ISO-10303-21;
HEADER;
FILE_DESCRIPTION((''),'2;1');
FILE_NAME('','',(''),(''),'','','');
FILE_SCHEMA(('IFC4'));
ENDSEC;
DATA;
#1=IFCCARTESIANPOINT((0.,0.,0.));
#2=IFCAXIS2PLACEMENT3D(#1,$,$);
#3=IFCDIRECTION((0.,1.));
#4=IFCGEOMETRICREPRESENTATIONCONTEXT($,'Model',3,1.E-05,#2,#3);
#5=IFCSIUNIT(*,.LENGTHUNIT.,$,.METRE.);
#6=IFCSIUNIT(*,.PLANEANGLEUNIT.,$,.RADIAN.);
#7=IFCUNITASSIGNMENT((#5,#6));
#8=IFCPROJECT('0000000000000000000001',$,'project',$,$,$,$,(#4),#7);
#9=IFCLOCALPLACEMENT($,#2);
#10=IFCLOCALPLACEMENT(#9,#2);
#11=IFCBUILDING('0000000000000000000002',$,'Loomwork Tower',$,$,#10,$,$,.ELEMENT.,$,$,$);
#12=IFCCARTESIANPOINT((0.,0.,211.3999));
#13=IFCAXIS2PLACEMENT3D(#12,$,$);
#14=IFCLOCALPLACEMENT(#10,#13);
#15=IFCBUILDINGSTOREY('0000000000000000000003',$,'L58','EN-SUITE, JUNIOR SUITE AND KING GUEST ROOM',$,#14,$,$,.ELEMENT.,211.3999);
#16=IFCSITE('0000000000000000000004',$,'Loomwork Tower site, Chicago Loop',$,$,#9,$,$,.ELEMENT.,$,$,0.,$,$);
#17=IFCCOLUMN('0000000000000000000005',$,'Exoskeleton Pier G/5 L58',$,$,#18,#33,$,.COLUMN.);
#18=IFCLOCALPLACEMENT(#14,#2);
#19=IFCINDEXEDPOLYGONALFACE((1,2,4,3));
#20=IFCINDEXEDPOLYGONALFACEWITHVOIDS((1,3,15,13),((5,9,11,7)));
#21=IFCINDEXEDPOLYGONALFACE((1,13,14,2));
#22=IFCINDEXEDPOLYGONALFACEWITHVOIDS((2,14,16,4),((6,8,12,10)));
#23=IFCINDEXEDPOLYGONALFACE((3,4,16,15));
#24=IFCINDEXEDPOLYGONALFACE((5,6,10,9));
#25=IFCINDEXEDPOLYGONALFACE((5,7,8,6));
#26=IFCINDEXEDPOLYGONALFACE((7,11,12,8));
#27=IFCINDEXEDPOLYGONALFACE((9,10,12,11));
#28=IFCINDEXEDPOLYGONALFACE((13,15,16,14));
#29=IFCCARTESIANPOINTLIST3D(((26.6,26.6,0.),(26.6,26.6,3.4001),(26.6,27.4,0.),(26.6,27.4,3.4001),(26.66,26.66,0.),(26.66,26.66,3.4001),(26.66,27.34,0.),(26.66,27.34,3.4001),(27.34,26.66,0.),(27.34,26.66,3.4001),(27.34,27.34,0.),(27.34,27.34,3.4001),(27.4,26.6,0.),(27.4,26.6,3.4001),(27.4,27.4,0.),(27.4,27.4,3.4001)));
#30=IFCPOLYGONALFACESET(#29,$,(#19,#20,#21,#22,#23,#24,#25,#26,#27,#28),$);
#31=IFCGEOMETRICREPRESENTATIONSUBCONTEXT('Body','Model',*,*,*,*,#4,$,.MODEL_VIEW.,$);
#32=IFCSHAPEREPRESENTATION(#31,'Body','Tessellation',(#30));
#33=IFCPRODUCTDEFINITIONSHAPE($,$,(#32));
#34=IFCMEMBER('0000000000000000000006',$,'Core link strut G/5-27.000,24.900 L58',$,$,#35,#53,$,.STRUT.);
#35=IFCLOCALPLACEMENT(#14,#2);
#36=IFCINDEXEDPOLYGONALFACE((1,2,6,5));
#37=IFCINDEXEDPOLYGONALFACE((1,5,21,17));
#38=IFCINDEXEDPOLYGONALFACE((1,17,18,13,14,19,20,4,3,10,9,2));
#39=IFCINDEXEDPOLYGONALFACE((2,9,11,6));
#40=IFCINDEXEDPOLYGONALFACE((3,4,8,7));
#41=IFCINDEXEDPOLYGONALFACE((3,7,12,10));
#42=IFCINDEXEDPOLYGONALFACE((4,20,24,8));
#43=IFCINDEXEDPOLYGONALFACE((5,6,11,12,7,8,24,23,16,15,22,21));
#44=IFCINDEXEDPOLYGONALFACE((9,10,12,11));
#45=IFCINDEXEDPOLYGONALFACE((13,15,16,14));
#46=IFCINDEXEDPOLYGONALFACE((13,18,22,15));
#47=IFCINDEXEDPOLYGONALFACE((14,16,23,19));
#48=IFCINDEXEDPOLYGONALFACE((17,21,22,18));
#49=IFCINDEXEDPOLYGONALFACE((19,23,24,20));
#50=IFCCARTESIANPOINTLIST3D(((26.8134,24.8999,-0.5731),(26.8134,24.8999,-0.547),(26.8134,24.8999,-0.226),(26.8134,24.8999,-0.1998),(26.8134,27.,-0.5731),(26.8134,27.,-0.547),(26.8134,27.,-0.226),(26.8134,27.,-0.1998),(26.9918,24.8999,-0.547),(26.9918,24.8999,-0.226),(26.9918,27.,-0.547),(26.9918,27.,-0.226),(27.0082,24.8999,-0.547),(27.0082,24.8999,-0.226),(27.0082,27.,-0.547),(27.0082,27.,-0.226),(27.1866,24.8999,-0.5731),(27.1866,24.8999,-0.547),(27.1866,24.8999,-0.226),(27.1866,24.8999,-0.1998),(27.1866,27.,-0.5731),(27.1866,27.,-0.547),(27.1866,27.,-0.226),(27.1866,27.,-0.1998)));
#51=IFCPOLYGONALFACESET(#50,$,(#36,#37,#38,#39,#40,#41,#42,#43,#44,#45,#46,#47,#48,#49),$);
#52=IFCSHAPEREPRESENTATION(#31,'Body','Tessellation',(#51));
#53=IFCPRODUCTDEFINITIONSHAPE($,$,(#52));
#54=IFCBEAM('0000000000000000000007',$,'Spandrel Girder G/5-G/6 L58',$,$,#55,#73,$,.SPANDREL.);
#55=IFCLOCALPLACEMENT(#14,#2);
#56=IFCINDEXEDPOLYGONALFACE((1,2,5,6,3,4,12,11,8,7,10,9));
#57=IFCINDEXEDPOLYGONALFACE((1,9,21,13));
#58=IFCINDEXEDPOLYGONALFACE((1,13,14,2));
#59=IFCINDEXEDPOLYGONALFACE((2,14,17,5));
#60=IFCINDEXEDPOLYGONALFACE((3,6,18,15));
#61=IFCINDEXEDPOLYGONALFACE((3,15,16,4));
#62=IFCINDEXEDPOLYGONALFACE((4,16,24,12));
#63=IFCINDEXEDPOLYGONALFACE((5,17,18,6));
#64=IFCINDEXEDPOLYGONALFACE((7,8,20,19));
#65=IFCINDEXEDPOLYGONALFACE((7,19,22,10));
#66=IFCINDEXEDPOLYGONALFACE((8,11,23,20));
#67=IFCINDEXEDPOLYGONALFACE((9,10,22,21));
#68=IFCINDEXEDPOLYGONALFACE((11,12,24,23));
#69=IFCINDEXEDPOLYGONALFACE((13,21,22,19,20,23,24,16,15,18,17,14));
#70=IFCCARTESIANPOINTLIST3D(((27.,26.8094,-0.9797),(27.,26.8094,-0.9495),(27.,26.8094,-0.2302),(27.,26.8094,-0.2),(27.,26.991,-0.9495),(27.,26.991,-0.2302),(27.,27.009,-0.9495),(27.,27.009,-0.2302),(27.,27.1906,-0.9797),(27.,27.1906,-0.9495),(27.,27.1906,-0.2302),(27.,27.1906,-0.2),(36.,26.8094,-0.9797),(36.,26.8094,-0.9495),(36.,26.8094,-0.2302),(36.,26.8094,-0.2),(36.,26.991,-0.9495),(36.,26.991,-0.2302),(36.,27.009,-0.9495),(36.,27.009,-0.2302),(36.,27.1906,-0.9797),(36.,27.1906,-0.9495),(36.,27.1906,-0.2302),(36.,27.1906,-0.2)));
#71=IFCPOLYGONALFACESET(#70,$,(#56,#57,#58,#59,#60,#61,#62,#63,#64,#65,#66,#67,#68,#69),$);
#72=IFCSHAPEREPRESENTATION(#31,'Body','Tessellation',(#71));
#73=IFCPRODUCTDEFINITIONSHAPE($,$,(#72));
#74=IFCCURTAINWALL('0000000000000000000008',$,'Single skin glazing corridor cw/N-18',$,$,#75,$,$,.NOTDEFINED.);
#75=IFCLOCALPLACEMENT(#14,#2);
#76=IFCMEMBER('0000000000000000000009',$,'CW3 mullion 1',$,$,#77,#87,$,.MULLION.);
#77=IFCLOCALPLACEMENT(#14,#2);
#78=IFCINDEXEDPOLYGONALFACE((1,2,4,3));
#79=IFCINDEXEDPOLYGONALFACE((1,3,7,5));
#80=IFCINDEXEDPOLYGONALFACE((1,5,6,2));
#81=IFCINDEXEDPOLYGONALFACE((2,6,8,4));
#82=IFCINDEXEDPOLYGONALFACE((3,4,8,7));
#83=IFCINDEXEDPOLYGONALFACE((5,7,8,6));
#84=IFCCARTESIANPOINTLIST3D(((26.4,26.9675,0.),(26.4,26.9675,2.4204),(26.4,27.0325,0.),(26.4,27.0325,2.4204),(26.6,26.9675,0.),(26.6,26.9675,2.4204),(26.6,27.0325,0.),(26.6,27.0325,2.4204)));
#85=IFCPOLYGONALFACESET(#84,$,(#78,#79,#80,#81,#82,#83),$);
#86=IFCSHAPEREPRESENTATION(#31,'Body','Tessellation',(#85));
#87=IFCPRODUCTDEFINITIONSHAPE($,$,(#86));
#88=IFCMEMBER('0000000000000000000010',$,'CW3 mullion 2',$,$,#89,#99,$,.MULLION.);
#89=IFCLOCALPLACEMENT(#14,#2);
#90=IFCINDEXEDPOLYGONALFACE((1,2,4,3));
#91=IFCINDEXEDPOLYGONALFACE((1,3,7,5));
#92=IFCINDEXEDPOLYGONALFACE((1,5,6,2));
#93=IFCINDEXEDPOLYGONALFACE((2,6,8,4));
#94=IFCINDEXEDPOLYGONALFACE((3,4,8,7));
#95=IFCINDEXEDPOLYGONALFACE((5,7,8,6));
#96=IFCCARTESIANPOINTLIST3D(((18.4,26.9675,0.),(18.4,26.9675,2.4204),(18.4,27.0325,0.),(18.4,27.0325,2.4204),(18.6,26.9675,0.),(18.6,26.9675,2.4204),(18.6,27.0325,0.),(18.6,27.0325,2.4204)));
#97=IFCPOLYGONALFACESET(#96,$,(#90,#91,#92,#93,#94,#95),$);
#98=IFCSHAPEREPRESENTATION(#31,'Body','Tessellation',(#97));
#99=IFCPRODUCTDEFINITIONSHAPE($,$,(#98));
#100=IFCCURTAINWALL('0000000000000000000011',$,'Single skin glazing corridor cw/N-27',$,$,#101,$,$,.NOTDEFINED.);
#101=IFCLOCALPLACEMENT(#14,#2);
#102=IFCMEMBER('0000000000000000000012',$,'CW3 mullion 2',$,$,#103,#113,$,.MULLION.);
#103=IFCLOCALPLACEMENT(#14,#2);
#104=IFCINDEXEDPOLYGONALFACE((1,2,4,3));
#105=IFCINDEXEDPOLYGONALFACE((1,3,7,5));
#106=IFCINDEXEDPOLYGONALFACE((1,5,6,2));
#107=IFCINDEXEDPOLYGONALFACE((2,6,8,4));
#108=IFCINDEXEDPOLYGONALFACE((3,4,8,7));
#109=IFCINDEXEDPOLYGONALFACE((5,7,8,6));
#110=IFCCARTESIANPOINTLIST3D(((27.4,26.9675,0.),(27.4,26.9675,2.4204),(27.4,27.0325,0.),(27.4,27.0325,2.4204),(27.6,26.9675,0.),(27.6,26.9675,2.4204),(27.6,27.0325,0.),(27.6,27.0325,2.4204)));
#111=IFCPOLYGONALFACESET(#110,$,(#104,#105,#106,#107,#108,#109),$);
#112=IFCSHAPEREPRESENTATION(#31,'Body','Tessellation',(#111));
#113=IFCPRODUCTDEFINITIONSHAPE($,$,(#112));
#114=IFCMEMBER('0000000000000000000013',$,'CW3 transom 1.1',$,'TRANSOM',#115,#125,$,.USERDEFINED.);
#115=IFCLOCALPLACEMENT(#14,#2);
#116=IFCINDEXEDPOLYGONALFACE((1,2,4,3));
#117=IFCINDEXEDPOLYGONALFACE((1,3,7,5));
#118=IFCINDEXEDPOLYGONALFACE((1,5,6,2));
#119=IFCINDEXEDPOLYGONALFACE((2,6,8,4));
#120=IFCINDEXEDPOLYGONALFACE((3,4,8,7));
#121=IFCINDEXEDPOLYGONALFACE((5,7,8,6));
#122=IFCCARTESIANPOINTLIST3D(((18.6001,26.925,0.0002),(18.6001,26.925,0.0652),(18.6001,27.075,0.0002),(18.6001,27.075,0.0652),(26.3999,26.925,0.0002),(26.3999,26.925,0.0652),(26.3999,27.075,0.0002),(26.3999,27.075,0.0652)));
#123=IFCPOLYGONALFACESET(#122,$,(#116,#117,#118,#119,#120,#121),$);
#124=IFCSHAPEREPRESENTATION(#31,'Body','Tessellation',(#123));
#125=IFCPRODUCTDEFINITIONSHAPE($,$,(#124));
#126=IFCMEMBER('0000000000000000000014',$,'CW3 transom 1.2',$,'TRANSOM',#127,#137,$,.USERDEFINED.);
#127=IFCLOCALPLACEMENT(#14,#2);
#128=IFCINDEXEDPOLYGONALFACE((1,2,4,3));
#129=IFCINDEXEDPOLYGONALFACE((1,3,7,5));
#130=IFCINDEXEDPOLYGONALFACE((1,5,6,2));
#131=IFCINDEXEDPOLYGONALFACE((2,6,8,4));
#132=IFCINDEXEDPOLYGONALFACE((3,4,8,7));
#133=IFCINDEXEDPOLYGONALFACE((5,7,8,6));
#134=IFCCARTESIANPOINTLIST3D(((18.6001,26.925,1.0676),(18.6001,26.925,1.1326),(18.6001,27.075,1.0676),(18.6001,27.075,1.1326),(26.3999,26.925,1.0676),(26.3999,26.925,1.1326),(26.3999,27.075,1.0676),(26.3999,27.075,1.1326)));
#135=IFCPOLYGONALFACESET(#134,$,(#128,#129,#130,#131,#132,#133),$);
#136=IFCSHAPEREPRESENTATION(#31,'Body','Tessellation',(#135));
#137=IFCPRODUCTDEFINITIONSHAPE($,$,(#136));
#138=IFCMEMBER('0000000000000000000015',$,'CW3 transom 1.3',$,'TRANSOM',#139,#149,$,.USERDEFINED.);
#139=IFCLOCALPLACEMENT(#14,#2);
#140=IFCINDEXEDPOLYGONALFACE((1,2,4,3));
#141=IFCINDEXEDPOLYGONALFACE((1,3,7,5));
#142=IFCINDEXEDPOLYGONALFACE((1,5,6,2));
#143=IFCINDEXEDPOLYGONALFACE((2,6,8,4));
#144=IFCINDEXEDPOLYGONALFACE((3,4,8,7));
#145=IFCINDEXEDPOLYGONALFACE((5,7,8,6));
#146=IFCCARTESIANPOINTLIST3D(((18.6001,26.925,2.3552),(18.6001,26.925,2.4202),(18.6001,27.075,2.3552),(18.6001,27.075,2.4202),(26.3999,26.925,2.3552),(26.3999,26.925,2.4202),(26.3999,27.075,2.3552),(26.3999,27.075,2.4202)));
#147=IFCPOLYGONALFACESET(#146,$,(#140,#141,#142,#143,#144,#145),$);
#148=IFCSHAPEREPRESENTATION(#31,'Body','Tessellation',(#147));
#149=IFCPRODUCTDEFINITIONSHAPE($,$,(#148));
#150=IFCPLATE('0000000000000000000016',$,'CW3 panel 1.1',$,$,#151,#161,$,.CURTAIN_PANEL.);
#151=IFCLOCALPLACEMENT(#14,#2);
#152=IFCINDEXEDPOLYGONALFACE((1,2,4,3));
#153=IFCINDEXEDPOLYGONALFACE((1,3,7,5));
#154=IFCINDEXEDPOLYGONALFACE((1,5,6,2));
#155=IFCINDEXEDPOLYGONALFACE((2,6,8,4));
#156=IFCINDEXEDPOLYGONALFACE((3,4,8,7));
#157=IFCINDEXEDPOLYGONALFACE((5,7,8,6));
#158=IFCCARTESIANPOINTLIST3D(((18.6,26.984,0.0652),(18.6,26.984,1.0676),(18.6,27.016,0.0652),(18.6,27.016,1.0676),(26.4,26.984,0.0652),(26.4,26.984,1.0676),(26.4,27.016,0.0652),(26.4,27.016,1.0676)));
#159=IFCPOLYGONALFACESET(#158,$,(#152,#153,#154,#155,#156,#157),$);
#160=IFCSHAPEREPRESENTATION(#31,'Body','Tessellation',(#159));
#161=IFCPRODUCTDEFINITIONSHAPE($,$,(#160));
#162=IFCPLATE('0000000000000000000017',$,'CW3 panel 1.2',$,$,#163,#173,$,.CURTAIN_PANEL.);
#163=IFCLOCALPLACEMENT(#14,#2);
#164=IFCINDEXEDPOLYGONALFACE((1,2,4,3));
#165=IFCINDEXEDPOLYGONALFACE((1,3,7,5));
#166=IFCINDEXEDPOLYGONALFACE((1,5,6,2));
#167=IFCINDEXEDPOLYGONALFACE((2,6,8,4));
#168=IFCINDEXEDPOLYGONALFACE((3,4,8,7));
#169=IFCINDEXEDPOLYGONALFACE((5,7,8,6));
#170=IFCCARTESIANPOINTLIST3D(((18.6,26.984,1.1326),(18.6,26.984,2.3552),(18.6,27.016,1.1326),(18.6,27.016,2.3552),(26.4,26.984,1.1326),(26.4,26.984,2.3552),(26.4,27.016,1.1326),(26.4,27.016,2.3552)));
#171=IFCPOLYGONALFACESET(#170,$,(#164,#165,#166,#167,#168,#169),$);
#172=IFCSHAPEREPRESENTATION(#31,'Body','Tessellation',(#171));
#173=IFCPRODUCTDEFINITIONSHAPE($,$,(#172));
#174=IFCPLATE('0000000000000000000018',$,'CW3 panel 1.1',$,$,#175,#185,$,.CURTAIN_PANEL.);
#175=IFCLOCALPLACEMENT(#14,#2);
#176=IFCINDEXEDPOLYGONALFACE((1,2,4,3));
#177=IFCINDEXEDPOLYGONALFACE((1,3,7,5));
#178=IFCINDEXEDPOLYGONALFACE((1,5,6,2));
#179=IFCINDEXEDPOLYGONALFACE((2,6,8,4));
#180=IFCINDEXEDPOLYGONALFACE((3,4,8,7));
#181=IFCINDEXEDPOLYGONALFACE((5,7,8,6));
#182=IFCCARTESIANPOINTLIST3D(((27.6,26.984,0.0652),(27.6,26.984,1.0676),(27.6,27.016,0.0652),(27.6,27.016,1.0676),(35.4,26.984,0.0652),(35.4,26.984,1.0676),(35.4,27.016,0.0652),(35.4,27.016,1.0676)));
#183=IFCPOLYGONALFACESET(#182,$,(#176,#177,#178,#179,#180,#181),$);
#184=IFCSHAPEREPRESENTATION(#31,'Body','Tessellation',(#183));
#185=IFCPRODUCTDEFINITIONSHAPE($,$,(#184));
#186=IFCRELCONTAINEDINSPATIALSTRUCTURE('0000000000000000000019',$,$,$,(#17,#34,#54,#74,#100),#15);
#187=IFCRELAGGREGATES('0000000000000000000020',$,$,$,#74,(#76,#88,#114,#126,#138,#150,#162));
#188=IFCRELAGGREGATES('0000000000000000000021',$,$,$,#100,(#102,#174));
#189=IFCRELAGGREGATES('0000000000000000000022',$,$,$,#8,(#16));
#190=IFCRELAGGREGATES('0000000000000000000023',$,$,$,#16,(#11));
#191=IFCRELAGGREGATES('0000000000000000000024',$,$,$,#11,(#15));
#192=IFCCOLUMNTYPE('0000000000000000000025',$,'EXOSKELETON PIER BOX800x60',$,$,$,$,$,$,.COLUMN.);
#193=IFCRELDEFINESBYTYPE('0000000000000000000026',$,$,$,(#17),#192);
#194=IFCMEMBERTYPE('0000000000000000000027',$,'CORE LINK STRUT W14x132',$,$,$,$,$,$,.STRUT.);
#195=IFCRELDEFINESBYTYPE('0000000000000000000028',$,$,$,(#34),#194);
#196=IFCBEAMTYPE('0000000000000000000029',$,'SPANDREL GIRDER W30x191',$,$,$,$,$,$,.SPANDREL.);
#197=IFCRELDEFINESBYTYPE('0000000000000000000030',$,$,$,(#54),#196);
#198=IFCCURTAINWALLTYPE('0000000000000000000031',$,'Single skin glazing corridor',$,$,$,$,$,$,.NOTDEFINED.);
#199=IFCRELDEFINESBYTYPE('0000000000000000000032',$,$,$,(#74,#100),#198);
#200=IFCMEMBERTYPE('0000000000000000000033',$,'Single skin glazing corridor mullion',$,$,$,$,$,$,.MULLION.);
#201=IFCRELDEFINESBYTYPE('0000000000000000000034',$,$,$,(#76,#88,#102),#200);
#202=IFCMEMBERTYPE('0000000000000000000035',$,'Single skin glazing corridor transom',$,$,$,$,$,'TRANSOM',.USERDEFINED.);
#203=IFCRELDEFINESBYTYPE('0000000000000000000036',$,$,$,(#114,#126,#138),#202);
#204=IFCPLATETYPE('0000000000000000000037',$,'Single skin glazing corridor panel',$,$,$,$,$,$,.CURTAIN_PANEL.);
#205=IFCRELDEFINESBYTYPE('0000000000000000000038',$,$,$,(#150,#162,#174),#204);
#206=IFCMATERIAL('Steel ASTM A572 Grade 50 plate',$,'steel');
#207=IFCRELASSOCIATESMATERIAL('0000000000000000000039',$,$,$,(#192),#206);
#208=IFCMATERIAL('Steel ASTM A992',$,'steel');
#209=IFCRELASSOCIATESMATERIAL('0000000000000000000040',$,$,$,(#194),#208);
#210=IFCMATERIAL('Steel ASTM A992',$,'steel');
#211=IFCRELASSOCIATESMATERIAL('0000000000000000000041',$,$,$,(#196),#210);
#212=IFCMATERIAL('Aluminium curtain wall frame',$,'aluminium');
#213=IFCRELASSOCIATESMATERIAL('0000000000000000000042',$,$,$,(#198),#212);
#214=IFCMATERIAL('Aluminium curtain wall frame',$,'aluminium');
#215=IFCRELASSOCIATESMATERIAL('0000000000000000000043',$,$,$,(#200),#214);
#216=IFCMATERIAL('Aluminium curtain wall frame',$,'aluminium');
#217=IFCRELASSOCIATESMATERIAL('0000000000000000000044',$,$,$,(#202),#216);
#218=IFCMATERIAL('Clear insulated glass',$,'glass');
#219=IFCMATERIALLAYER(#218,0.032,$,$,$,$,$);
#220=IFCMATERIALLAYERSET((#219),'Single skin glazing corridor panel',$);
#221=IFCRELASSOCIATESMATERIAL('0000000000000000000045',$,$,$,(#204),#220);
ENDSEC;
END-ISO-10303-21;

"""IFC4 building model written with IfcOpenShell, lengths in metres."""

from ifc_helpers import new_model, si_unit, direction, frame, origin, origin_2d, place, context, subcontext, project, spatial, rectangle, hollow_rectangle, i_section, extrude, material, layer, layer_set, material_profile, profile_set, type_object, element, aggregate, save


model = new_model("IFC4")

# Units and contexts
model_context = context("Model", 3, precision=1e-05, world=origin(), true_north=direction((0.0, 1.0)))
body_context = subcontext(model_context, "Body", "Model", "MODEL_VIEW")
ifc_project = project(units=[si_unit("LENGTHUNIT", "METRE"), si_unit("PLANEANGLEUNIT", "RADIAN")], contexts=[model_context])

# Site, building, storey
site_placement = place(None, origin())
site = spatial("IfcSite", under=ifc_project, at=site_placement, Name="Loomwork Tower site, Chicago Loop", CompositionType="ELEMENT", RefElevation=0.0)
building_placement = place(site_placement, origin())
building = spatial("IfcBuilding", under=site, at=building_placement, Name="Loomwork Tower", CompositionType="ELEMENT")
storey_placement = place(building_placement, frame((0.0, 0.0, 211.3999)))
storey = spatial("IfcBuildingStorey", under=building, at=storey_placement, Name="L58", Description="EN-SUITE, JUNIOR SUITE AND KING GUEST ROOM", CompositionType="ELEMENT", Elevation=211.3999)

# Column
ifc_material_1 = material(Name="Steel ASTM A572 Grade 50 plate", Category="steel")
ifc_material_profile_1 = material_profile(ifc_material_1, hollow_rectangle(XDim=0.8, YDim=0.8, WallThickness=0.0601, at=origin_2d()), Name="BOX800x60")
ifc_profile_set_1 = profile_set([ifc_material_profile_1], Name="Steel ASTM A572 Grade 50 plate")
column_type = type_object("IfcColumnType", Name="EXOSKELETON PIER BOX800x60", PredefinedType="COLUMN", material=ifc_profile_set_1)
column_placement = place(storey_placement, frame((27.0, 27.0, 0.0), z_axis=(0.0, 0.0, 1.0), x_axis=(1.0, 0.0, 0.0)))
element("IfcColumn", 1, at=column_placement, inside=storey, type_object=column_type, Name="Exoskeleton Pier G/5 L58", PredefinedType="COLUMN", context=body_context, shape_type="SweptSolid", body=[
    extrude(hollow_rectangle(XDim=0.8, YDim=0.8, WallThickness=0.0601, at=origin_2d()), origin(), (0.0, 0.0, 1.0), 3.4001),
])

# Member
ifc_material_2 = material(Name="Steel ASTM A992", Category="steel")
ifc_material_profile_2 = material_profile(ifc_material_2, i_section(OverallWidth=0.3733, OverallDepth=0.3733, WebThickness=0.0164, FlangeThickness=0.0261, at=origin_2d()), Name="W14x132")
ifc_profile_set_2 = profile_set([ifc_material_profile_2], Name="Steel ASTM A992")
member_type_1 = type_object("IfcMemberType", Name="CORE LINK STRUT W14x132", PredefinedType="STRUT", material=ifc_profile_set_2)
member_1_placement = place(storey_placement, frame((27.0, 27.0, -0.3865), z_axis=(0.0, -1.0, 0.0), x_axis=(1.0, 0.0, 0.0)))
element("IfcMember", 2, at=member_1_placement, inside=storey, type_object=member_type_1, Name="Core link strut G/5-27.000,24.900 L58", PredefinedType="STRUT", context=body_context, shape_type="SweptSolid", body=[
    extrude(i_section(OverallWidth=0.3733, OverallDepth=0.3733, WebThickness=0.0164, FlangeThickness=0.0261, at=origin_2d()), origin(), (0.0, 0.0, 1.0), 2.1001),
])

# Beam
ifc_material_3 = material(Name="Steel ASTM A992", Category="steel")
ifc_material_profile_3 = material_profile(ifc_material_3, i_section(OverallWidth=0.3811, OverallDepth=0.7798, WebThickness=0.0181, FlangeThickness=0.0303, at=origin_2d()), Name="W30x191")
ifc_profile_set_3 = profile_set([ifc_material_profile_3], Name="Steel ASTM A992")
beam_type = type_object("IfcBeamType", Name="SPANDREL GIRDER W30x191", PredefinedType="SPANDREL", material=ifc_profile_set_3)
beam_placement = place(storey_placement, frame((27.0, 27.0, -0.5898), z_axis=(1.0, 0.0, 0.0), x_axis=(0.0, 1.0, 0.0)))
element("IfcBeam", 3, at=beam_placement, inside=storey, type_object=beam_type, Name="Spandrel Girder G/5-G/6 L58", PredefinedType="SPANDREL", context=body_context, shape_type="SweptSolid", body=[
    extrude(i_section(OverallWidth=0.3811, OverallDepth=0.7798, WebThickness=0.0181, FlangeThickness=0.0303, at=origin_2d()), origin(), (0.0, 0.0, 1.0), 9.0),
])

# Curtain wall, members
ifc_material_4 = material(Name="Aluminium curtain wall frame", Category="aluminium")
curtain_wall_type = type_object("IfcCurtainWallType", Name="Single skin glazing corridor", PredefinedType="NOTDEFINED", material=ifc_material_4)
curtain_wall_1_placement = place(storey_placement, origin())
curtain_wall_1 = element("IfcCurtainWall", 4, at=curtain_wall_1_placement, inside=storey, type_object=curtain_wall_type, Name="Single skin glazing corridor cw/N-18", PredefinedType="NOTDEFINED")
ifc_material_5 = material(Name="Aluminium curtain wall frame", Category="aluminium")
ifc_material_profile_4 = material_profile(ifc_material_5, rectangle(XDim=0.0649, YDim=0.2, at=origin_2d()), Name="AL 65x200")
ifc_profile_set_4 = profile_set([ifc_material_profile_4], Name="Aluminium curtain wall frame")
member_type_2 = type_object("IfcMemberType", Name="Single skin glazing corridor mullion", PredefinedType="MULLION", material=ifc_profile_set_4)
member_2_placement = place(storey_placement, frame((26.5, 27.0, 0.0), z_axis=(0.0, 0.0, 1.0), x_axis=(0.0, -1.0, 0.0)))
member_2 = element("IfcMember", 5, at=member_2_placement, type_object=member_type_2, Name="CW3 mullion 1", PredefinedType="MULLION", context=body_context, shape_type="SweptSolid", body=[
    extrude(rectangle(XDim=0.0649, YDim=0.2, at=origin_2d()), origin(), (0.0, 0.0, 1.0), 2.4204),
])
member_3_placement = place(storey_placement, frame((18.5, 27.0, 0.0), z_axis=(0.0, 0.0, 1.0), x_axis=(0.0, -1.0, 0.0)))
member_3 = element("IfcMember", 6, at=member_3_placement, type_object=member_type_2, Name="CW3 mullion 2", PredefinedType="MULLION", context=body_context, shape_type="SweptSolid", body=[
    extrude(rectangle(XDim=0.0649, YDim=0.2, at=origin_2d()), origin(), (0.0, 0.0, 1.0), 2.4204),
])

# Curtain wall, member
curtain_wall_2_placement = place(storey_placement, origin())
curtain_wall_2 = element("IfcCurtainWall", 7, at=curtain_wall_2_placement, inside=storey, type_object=curtain_wall_type, Name="Single skin glazing corridor cw/N-27", PredefinedType="NOTDEFINED")
member_4_placement = place(storey_placement, frame((27.5, 27.0, 0.0), z_axis=(0.0, 0.0, 1.0), x_axis=(0.0, -1.0, 0.0)))
member_4 = element("IfcMember", 8, at=member_4_placement, type_object=member_type_2, Name="CW3 mullion 2", PredefinedType="MULLION", context=body_context, shape_type="SweptSolid", body=[
    extrude(rectangle(XDim=0.0649, YDim=0.2, at=origin_2d()), origin(), (0.0, 0.0, 1.0), 2.4204),
])

# Members
ifc_material_6 = material(Name="Aluminium curtain wall frame", Category="aluminium")
ifc_material_profile_5 = material_profile(ifc_material_6, rectangle(XDim=0.1499, YDim=0.0649, at=origin_2d()), Name="AL 65x150")
ifc_profile_set_5 = profile_set([ifc_material_profile_5], Name="Aluminium curtain wall frame")
member_type_3 = type_object("IfcMemberType", Name="Single skin glazing corridor transom", ElementType="TRANSOM", PredefinedType="USERDEFINED", material=ifc_profile_set_5)
member_5_placement = place(storey_placement, frame((26.3999, 27.0, 0.0327), z_axis=(-1.0, 0.0, 0.0), x_axis=(0.0, -1.0, 0.0)))
member_5 = element("IfcMember", 9, at=member_5_placement, type_object=member_type_3, Name="CW3 transom 1.1", ObjectType="TRANSOM", PredefinedType="USERDEFINED", context=body_context, shape_type="SweptSolid", body=[
    extrude(rectangle(XDim=0.1499, YDim=0.0649, at=origin_2d()), origin(), (0.0, 0.0, 1.0), 7.7998),
])
member_6_placement = place(storey_placement, frame((26.3999, 27.0, 1.1001), z_axis=(-1.0, 0.0, 0.0), x_axis=(0.0, -1.0, 0.0)))
member_6 = element("IfcMember", 10, at=member_6_placement, type_object=member_type_3, Name="CW3 transom 1.2", ObjectType="TRANSOM", PredefinedType="USERDEFINED", context=body_context, shape_type="SweptSolid", body=[
    extrude(rectangle(XDim=0.1499, YDim=0.0649, at=origin_2d()), origin(), (0.0, 0.0, 1.0), 7.7998),
])
member_7_placement = place(storey_placement, frame((26.3999, 27.0, 2.3877), z_axis=(-1.0, 0.0, 0.0), x_axis=(0.0, -1.0, 0.0)))
member_7 = element("IfcMember", 11, at=member_7_placement, type_object=member_type_3, Name="CW3 transom 1.3", ObjectType="TRANSOM", PredefinedType="USERDEFINED", context=body_context, shape_type="SweptSolid", body=[
    extrude(rectangle(XDim=0.1499, YDim=0.0649, at=origin_2d()), origin(), (0.0, 0.0, 1.0), 7.7998),
])

# Plates
ifc_material_7 = material(Name="Clear insulated glass", Category="glass")
ifc_layer_1 = layer(ifc_material_7, 0.032)
ifc_layer_set_1 = layer_set([ifc_layer_1], Name="Single skin glazing corridor panel")
plate_type = type_object("IfcPlateType", Name="Single skin glazing corridor panel", PredefinedType="CURTAIN_PANEL", material=ifc_layer_set_1)
plate_1_placement = place(storey_placement, frame((22.5, 27.0, 0.0652), z_axis=(0.0, 0.0, 1.0), x_axis=(-1.0, 0.0, 0.0)))
plate_1 = element("IfcPlate", 12, at=plate_1_placement, type_object=plate_type, Name="CW3 panel 1.1", PredefinedType="CURTAIN_PANEL", context=body_context, shape_type="SweptSolid", body=[
    extrude(rectangle(XDim=7.8, YDim=0.032, at=origin_2d()), origin(), (0.0, 0.0, 1.0), 1.0024),
])
plate_2_placement = place(storey_placement, frame((22.5, 27.0, 1.1326), z_axis=(0.0, 0.0, 1.0), x_axis=(-1.0, 0.0, 0.0)))
plate_2 = element("IfcPlate", 13, at=plate_2_placement, type_object=plate_type, Name="CW3 panel 1.2", PredefinedType="CURTAIN_PANEL", context=body_context, shape_type="SweptSolid", body=[
    extrude(rectangle(XDim=7.8, YDim=0.032, at=origin_2d()), origin(), (0.0, 0.0, 1.0), 1.2227),
])
aggregate(curtain_wall_1, [member_2, member_3, member_5, member_6, member_7, plate_1, plate_2])
plate_3_placement = place(storey_placement, frame((31.5, 27.0, 0.0652), z_axis=(0.0, 0.0, 1.0), x_axis=(-1.0, 0.0, 0.0)))
plate_3 = element("IfcPlate", 14, at=plate_3_placement, type_object=plate_type, Name="CW3 panel 1.1", PredefinedType="CURTAIN_PANEL", context=body_context, shape_type="SweptSolid", body=[
    extrude(rectangle(XDim=7.8, YDim=0.032, at=origin_2d()), origin(), (0.0, 0.0, 1.0), 1.0024),
])
aggregate(curtain_wall_2, [member_4, plate_3])

save(model, "model.ifc")
